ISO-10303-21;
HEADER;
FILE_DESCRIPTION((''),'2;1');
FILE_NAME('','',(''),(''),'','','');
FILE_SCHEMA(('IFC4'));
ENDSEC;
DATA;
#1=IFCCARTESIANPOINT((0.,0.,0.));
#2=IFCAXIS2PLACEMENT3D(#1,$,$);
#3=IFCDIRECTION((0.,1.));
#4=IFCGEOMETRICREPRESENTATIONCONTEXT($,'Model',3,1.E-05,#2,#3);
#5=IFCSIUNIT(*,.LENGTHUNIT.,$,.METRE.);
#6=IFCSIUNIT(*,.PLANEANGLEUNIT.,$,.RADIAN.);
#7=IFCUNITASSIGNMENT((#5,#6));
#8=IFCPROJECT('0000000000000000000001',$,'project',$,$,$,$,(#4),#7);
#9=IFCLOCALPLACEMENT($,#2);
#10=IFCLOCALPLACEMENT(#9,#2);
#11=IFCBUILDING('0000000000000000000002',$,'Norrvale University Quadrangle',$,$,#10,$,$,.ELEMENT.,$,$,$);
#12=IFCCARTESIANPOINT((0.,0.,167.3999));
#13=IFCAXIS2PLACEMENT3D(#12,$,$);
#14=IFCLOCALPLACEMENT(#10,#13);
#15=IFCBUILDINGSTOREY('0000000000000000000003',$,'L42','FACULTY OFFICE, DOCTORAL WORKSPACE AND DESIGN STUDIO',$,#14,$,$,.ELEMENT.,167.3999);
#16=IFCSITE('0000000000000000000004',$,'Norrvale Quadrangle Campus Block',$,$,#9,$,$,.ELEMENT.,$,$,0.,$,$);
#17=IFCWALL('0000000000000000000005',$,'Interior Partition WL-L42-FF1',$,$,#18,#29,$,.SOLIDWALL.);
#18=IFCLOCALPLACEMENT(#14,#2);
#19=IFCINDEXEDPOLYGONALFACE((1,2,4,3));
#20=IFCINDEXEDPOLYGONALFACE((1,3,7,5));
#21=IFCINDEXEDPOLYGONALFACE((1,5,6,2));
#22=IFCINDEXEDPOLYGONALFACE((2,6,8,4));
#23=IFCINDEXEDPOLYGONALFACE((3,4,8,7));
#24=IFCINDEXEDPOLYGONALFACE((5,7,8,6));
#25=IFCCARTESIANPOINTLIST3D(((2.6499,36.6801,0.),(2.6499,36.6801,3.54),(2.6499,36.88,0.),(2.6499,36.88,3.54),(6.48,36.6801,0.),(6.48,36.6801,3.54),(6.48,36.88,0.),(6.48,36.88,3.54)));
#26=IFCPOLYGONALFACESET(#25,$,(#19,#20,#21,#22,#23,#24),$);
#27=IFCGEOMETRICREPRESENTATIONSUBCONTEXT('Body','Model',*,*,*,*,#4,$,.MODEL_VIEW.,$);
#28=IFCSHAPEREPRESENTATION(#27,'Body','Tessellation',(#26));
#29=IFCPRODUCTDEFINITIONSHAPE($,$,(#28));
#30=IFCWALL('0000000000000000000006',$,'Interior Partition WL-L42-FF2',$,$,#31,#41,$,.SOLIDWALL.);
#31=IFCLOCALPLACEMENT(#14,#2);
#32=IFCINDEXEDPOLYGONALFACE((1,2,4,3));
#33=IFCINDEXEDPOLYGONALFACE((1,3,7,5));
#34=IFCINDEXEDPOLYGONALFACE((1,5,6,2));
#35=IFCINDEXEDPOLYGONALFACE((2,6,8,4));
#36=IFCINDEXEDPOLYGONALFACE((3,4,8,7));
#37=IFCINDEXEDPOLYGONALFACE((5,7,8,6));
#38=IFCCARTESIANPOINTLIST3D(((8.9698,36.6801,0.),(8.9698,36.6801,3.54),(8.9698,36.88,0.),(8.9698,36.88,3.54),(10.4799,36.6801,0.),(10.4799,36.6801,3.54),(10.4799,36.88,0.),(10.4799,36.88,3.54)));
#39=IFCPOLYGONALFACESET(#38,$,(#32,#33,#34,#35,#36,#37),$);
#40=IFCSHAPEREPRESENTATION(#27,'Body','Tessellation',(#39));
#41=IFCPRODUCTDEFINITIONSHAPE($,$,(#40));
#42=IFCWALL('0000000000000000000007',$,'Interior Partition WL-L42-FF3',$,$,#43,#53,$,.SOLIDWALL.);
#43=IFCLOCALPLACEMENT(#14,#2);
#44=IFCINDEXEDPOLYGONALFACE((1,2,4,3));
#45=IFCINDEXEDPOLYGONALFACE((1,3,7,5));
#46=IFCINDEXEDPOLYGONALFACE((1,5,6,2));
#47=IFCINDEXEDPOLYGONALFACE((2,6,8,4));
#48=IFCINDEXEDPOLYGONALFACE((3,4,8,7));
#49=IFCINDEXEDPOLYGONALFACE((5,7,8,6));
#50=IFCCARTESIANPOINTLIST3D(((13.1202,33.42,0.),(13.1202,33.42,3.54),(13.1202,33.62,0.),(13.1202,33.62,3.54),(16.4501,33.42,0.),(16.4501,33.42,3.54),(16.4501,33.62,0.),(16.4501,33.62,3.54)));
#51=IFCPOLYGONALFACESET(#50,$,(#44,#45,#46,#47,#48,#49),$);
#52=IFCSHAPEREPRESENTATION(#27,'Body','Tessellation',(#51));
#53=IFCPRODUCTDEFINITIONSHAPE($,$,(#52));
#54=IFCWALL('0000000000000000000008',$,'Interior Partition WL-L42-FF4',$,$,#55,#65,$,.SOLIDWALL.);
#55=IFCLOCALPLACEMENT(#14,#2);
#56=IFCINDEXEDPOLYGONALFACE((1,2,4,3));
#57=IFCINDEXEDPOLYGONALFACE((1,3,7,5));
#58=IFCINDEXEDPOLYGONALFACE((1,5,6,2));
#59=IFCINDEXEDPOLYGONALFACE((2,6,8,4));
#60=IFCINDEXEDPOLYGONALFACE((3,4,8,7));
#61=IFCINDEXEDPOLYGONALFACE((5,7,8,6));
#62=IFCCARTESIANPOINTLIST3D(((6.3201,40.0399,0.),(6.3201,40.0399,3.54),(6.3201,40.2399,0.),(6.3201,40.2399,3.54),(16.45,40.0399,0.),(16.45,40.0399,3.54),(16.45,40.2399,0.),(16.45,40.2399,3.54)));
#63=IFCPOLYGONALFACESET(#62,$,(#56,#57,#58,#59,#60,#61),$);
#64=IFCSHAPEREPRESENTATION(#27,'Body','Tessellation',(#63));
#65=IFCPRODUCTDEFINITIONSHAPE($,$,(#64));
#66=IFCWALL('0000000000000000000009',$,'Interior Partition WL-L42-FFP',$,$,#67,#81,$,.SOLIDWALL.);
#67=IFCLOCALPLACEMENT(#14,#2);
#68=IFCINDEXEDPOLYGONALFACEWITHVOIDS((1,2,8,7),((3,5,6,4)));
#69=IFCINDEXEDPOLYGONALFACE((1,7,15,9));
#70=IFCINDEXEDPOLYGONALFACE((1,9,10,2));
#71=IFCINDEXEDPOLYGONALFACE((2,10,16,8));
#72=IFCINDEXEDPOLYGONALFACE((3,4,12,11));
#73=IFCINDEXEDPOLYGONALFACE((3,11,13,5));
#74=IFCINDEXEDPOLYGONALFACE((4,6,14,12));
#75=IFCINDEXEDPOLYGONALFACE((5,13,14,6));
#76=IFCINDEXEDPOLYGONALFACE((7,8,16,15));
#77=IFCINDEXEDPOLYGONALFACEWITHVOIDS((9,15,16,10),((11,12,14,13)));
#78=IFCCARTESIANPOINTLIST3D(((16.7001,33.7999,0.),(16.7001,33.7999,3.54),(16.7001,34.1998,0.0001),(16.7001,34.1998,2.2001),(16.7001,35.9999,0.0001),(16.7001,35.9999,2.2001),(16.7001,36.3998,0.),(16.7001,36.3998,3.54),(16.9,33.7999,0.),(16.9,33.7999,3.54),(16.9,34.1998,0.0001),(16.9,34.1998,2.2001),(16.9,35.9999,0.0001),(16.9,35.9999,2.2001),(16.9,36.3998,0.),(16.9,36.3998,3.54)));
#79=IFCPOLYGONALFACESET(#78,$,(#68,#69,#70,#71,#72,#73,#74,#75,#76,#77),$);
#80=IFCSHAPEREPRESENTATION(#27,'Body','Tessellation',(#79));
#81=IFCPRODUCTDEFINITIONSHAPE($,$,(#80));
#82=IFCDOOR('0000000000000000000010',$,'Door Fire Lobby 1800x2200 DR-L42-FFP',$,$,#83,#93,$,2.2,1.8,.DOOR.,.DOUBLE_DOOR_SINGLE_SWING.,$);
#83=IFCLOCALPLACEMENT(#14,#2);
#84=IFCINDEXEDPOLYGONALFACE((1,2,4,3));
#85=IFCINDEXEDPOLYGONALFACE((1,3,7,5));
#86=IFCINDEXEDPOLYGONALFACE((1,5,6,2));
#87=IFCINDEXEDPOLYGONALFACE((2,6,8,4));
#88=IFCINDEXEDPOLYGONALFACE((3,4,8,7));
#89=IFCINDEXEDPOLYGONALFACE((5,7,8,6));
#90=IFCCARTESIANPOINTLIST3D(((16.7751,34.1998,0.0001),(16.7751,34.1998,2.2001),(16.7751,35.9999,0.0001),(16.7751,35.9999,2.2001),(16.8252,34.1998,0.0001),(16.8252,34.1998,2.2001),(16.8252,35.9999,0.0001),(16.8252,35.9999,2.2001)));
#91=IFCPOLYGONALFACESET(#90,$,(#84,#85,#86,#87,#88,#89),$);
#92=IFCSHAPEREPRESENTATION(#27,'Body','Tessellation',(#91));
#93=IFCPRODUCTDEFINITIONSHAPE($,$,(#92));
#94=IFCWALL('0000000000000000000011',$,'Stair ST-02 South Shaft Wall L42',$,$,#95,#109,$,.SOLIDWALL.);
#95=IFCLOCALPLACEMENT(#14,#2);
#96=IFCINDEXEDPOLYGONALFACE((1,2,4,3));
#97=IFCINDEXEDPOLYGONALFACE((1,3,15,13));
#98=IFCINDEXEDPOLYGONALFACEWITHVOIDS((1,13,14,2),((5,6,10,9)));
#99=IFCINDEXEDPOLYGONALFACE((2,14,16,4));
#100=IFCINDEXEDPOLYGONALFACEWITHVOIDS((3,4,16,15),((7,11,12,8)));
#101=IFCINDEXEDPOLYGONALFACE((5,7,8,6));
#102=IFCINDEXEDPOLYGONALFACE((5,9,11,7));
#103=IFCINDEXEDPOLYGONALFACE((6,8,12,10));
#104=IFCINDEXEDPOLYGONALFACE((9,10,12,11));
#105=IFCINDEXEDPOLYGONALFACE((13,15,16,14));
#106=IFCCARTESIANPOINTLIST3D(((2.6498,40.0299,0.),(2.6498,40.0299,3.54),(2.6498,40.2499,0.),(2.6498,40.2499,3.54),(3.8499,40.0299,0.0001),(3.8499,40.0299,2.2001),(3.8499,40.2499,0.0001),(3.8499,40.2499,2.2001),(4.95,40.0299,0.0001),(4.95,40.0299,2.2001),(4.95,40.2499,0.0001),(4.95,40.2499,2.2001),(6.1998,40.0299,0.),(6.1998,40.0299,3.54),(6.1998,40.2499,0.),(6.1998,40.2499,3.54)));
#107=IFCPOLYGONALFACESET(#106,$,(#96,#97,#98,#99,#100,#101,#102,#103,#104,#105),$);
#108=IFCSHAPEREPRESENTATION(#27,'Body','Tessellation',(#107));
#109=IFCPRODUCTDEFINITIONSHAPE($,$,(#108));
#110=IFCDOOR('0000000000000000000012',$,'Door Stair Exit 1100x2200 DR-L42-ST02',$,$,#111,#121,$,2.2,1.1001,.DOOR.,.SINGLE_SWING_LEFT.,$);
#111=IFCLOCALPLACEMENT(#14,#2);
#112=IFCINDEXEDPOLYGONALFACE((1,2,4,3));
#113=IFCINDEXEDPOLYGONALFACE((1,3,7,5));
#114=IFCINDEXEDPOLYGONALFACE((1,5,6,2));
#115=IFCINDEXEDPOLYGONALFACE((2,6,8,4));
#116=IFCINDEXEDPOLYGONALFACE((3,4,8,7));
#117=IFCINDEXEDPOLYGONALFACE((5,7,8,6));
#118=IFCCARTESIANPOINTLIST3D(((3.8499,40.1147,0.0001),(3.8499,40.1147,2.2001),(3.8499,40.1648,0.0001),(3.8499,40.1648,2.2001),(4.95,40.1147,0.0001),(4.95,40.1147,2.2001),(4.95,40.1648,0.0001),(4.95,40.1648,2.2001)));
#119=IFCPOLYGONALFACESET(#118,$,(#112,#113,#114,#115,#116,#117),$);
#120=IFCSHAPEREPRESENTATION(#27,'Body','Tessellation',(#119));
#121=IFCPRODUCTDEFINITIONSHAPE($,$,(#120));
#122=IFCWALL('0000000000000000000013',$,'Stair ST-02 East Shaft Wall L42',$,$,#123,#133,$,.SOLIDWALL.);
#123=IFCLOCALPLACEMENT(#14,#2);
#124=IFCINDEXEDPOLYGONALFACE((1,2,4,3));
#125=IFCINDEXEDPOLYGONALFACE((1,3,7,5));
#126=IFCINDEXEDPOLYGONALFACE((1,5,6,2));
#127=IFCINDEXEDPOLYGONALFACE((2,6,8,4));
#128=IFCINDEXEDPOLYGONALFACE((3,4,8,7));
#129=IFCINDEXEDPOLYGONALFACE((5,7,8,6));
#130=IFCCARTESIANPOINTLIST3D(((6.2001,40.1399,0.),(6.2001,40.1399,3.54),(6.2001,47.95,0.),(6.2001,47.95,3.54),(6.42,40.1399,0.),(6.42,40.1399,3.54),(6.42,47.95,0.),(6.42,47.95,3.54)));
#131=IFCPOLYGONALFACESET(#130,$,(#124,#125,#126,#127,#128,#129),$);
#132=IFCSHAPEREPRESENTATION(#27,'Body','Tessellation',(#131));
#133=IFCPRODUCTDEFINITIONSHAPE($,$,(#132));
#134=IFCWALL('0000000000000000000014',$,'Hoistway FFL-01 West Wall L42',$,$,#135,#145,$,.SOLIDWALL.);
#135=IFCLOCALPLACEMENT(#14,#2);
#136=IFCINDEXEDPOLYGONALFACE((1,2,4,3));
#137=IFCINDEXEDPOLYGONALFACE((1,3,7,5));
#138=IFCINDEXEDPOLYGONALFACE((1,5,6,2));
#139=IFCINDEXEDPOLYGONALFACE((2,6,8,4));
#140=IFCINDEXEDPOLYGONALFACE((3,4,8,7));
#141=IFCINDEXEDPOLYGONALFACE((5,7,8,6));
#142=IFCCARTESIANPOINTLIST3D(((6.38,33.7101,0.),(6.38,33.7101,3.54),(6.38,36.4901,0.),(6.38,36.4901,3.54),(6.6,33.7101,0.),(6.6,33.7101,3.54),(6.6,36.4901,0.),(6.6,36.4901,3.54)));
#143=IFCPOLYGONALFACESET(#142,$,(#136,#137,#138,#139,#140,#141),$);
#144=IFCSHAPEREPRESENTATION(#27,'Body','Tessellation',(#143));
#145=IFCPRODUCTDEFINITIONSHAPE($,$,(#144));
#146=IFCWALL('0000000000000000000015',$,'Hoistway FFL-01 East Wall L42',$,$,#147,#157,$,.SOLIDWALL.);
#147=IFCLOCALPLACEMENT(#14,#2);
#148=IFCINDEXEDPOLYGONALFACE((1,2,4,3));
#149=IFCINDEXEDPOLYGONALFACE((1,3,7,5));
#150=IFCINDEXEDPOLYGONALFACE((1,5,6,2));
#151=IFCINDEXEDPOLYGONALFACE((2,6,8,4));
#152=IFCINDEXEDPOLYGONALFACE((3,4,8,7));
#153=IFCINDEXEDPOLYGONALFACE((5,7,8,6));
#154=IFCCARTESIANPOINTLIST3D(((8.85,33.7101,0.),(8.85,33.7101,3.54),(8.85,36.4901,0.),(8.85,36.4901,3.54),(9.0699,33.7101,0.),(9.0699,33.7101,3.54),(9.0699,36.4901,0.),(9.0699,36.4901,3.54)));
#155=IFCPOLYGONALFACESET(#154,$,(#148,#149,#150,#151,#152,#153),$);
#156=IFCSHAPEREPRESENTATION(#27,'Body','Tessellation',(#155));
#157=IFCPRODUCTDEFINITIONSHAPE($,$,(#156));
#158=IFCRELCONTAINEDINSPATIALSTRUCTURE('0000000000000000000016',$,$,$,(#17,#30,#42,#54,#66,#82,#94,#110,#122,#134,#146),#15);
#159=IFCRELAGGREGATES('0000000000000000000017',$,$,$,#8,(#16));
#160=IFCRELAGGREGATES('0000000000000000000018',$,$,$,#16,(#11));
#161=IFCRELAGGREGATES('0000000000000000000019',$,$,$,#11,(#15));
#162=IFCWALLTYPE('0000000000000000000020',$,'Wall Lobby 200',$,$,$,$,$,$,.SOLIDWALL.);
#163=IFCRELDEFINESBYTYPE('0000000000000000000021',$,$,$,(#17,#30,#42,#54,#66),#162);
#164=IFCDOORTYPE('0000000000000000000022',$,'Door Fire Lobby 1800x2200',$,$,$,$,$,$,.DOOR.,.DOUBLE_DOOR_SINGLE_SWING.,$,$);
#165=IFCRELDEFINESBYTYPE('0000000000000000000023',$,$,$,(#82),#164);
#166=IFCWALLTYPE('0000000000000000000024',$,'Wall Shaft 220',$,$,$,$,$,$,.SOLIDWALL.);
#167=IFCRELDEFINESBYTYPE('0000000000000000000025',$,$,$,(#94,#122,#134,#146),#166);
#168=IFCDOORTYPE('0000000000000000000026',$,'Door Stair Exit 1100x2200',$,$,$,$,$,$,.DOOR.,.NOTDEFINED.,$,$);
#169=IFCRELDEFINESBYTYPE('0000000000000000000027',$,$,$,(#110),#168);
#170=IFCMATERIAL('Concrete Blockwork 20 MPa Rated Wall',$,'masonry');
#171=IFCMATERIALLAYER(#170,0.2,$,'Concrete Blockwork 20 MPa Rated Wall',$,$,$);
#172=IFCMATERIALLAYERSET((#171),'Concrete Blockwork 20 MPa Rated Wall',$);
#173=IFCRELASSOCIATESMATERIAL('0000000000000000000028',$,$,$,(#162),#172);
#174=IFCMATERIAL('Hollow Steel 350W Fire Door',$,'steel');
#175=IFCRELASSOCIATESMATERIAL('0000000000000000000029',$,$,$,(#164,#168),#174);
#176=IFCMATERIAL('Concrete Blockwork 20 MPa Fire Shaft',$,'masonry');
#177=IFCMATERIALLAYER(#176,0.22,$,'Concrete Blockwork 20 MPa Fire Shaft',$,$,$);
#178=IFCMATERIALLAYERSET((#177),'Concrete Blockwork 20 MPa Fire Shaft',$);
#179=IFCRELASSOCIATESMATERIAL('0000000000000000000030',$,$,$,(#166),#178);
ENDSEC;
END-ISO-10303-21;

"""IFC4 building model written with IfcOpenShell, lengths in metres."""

from ifc_helpers import new_model, si_unit, direction, frame, frame_2d, origin, place, context, subcontext, project, spatial, rectangle, extrude, material, layer, layer_set, type_object, element, fill, save


model = new_model("IFC4")

# Units and contexts
model_context = context("Model", 3, precision=1e-05, world=origin(), true_north=direction((0.0, 1.0)))
body_context = subcontext(model_context, "Body", "Model", "MODEL_VIEW")
ifc_project = project(units=[si_unit("LENGTHUNIT", "METRE"), si_unit("PLANEANGLEUNIT", "RADIAN")], contexts=[model_context])

# Site, building, storey
site_placement = place(None, origin())
site = spatial("IfcSite", under=ifc_project, at=site_placement, Name="Norrvale Quadrangle Campus Block", CompositionType="ELEMENT", RefElevation=0.0)
building_placement = place(site_placement, origin())
building = spatial("IfcBuilding", under=site, at=building_placement, Name="Norrvale University Quadrangle", CompositionType="ELEMENT")
storey_placement = place(building_placement, frame((0.0, 0.0, 167.3999)))
storey = spatial("IfcBuildingStorey", under=building, at=storey_placement, Name="L42", Description="FACULTY OFFICE, DOCTORAL WORKSPACE AND DESIGN STUDIO", CompositionType="ELEMENT", Elevation=167.3999)

# Walls
ifc_material_1 = material(Name="Concrete Blockwork 20 MPa Rated Wall", Category="masonry")
ifc_layer_1 = layer(ifc_material_1, 0.2, Name="Concrete Blockwork 20 MPa Rated Wall")
ifc_layer_set_1 = layer_set([ifc_layer_1], Name="Concrete Blockwork 20 MPa Rated Wall")
wall_type_1 = type_object("IfcWallType", Name="Wall Lobby 200", PredefinedType="SOLIDWALL", material=ifc_layer_set_1)
wall_1_placement = place(storey_placement, frame((2.6499, 36.78, 0.0), z_axis=(0.0, 0.0, 1.0), x_axis=(1.0, 0.0, 0.0)))
element("IfcWall", 1, at=wall_1_placement, inside=storey, type_object=wall_type_1, Name="Interior Partition WL-L42-FF1", PredefinedType="SOLIDWALL", context=body_context, shape_type="SweptSolid", body=[
    extrude(rectangle(XDim=3.8301, YDim=0.2, at=frame_2d((1.915, 0.0))), origin(), (0.0, 0.0, 1.0), 3.54),
])
wall_2_placement = place(storey_placement, frame((8.97, 36.78, 0.0), z_axis=(0.0, 0.0, 1.0), x_axis=(1.0, 0.0, 0.0)))
element("IfcWall", 2, at=wall_2_placement, inside=storey, type_object=wall_type_1, Name="Interior Partition WL-L42-FF2", PredefinedType="SOLIDWALL", context=body_context, shape_type="SweptSolid", body=[
    extrude(rectangle(XDim=1.51, YDim=0.2, at=frame_2d((0.7549, 0.0))), origin(), (0.0, 0.0, 1.0), 3.54),
])
wall_3_placement = place(storey_placement, frame((13.1201, 33.52, 0.0), z_axis=(0.0, 0.0, 1.0), x_axis=(1.0, 0.0, 0.0)))
element("IfcWall", 3, at=wall_3_placement, inside=storey, type_object=wall_type_1, Name="Interior Partition WL-L42-FF3", PredefinedType="SOLIDWALL", context=body_context, shape_type="SweptSolid", body=[
    extrude(rectangle(XDim=3.3298, YDim=0.2, at=frame_2d((1.665, 0.0))), origin(), (0.0, 0.0, 1.0), 3.54),
])
wall_4_placement = place(storey_placement, frame((6.3201, 40.1399, 0.0), z_axis=(0.0, 0.0, 1.0), x_axis=(1.0, 0.0, 0.0)))
element("IfcWall", 4, at=wall_4_placement, inside=storey, type_object=wall_type_1, Name="Interior Partition WL-L42-FF4", PredefinedType="SOLIDWALL", context=body_context, shape_type="SweptSolid", body=[
    extrude(rectangle(XDim=10.1299, YDim=0.2, at=frame_2d((5.0649, 0.0))), origin(), (0.0, 0.0, 1.0), 3.54),
])

# Walls, openings, doors
wall_5_placement = place(storey_placement, frame((16.8, 33.8, 0.0), z_axis=(0.0, 0.0, 1.0), x_axis=(0.0, 1.0, 0.0)))
wall_5 = element("IfcWall", 5, at=wall_5_placement, inside=storey, type_object=wall_type_1, Name="Interior Partition WL-L42-FFP", PredefinedType="SOLIDWALL", context=body_context, shape_type="SweptSolid", body=[
    extrude(rectangle(XDim=2.5999, YDim=0.2, at=frame_2d((1.2998, 0.0))), origin(), (0.0, 0.0, 1.0), 3.54),
])
opening_1_placement = place(wall_5_placement, frame((0.3999, 0.0, 0.0)))
opening_1 = element("IfcOpeningElement", 6, at=opening_1_placement, cuts=wall_5, PredefinedType="OPENING", context=body_context, shape_type="SweptSolid", body=[
    extrude(rectangle(XDim=1.8, YDim=2.2, at=frame_2d((0.8999, 1.1001))), frame((0.0, 0.1121, 0.0), z_axis=(0.0, -1.0, 0.0), x_axis=(1.0, 0.0, 0.0)), (0.0, 0.0, 1.0), 0.2239),
])
ifc_material_2 = material(Name="Hollow Steel 350W Fire Door", Category="steel")
door_type_1 = type_object("IfcDoorType", Name="Door Fire Lobby 1800x2200", OperationType="DOUBLE_DOOR_SINGLE_SWING", PredefinedType="DOOR", material=ifc_material_2)
door_1_placement = place(opening_1_placement, origin())
door_1 = element("IfcDoor", 7, at=door_1_placement, inside=storey, type_object=door_type_1, Name="Door Fire Lobby 1800x2200 DR-L42-FFP", OperationType="DOUBLE_DOOR_SINGLE_SWING", OverallHeight=2.2, OverallWidth=1.8, PredefinedType="DOOR", context=body_context, shape_type="SweptSolid", body=[
    extrude(rectangle(XDim=1.8, YDim=2.2, at=frame_2d((0.8999, 1.1001))), frame((0.0, 0.0249, 0.0), z_axis=(0.0, -1.0, 0.0), x_axis=(1.0, 0.0, 0.0)), (0.0, 0.0, 1.0), 0.05),
])
fill(opening_1, door_1)
ifc_material_3 = material(Name="Concrete Blockwork 20 MPa Fire Shaft", Category="masonry")
ifc_layer_2 = layer(ifc_material_3, 0.22, Name="Concrete Blockwork 20 MPa Fire Shaft")
ifc_layer_set_2 = layer_set([ifc_layer_2], Name="Concrete Blockwork 20 MPa Fire Shaft")
wall_type_2 = type_object("IfcWallType", Name="Wall Shaft 220", PredefinedType="SOLIDWALL", material=ifc_layer_set_2)
wall_6_placement = place(storey_placement, frame((2.6499, 40.1399, 0.0), z_axis=(0.0, 0.0, 1.0), x_axis=(1.0, 0.0, 0.0)))
wall_6 = element("IfcWall", 8, at=wall_6_placement, inside=storey, type_object=wall_type_2, Name="Stair ST-02 South Shaft Wall L42", PredefinedType="SOLIDWALL", context=body_context, shape_type="SweptSolid", body=[
    extrude(rectangle(XDim=3.55, YDim=0.22, at=frame_2d((1.7749, 0.0))), origin(), (0.0, 0.0, 1.0), 3.54),
])
opening_2_placement = place(wall_6_placement, frame((1.2, 0.0, 0.0)))
opening_2 = element("IfcOpeningElement", 9, at=opening_2_placement, cuts=wall_6, PredefinedType="OPENING", context=body_context, shape_type="SweptSolid", body=[
    extrude(rectangle(XDim=1.1001, YDim=2.2, at=frame_2d((0.55, 1.1001))), frame((0.0, 0.1221, 0.0), z_axis=(0.0, -1.0, 0.0), x_axis=(1.0, 0.0, 0.0)), (0.0, 0.0, 1.0), 0.2439),
])
door_type_2 = type_object("IfcDoorType", Name="Door Stair Exit 1100x2200", OperationType="NOTDEFINED", PredefinedType="DOOR", material=ifc_material_2)
door_2_placement = place(opening_2_placement, origin())
door_2 = element("IfcDoor", 10, at=door_2_placement, inside=storey, type_object=door_type_2, Name="Door Stair Exit 1100x2200 DR-L42-ST02", OperationType="SINGLE_SWING_LEFT", OverallHeight=2.2, OverallWidth=1.1001, PredefinedType="DOOR", context=body_context, shape_type="SweptSolid", body=[
    extrude(rectangle(XDim=1.1001, YDim=2.2, at=frame_2d((0.55, 1.1001))), frame((0.0, 0.0249, 0.0), z_axis=(0.0, -1.0, 0.0), x_axis=(1.0, 0.0, 0.0)), (0.0, 0.0, 1.0), 0.05),
])
fill(opening_2, door_2)

# Walls
wall_7_placement = place(storey_placement, frame((6.3101, 40.1399, 0.0), z_axis=(0.0, 0.0, 1.0), x_axis=(0.0, 1.0, 0.0)))
element("IfcWall", 11, at=wall_7_placement, inside=storey, type_object=wall_type_2, Name="Stair ST-02 East Shaft Wall L42", PredefinedType="SOLIDWALL", context=body_context, shape_type="SweptSolid", body=[
    extrude(rectangle(XDim=7.8101, YDim=0.22, at=frame_2d((3.905, 0.0))), origin(), (0.0, 0.0, 1.0), 3.54),
])
for number, where, z_axis, x_axis, name in (
    (12, (6.49, 33.71, 0.0), (0.0, 0.0, 1.0), (0.0, 1.0, 0.0), "Hoistway FFL-01 West Wall L42"),
    (13, (8.96, 33.71, 0.0), (0.0, 0.0, 1.0), (0.0, 1.0, 0.0), "Hoistway FFL-01 East Wall L42"),
):
    element("IfcWall", number, at=place(storey_placement, frame(where, z_axis=z_axis, x_axis=x_axis)), inside=storey, type_object=wall_type_2, Name=name, PredefinedType="SOLIDWALL", context=body_context, shape_type="SweptSolid", body=[
        extrude(rectangle(XDim=2.78, YDim=0.22, at=frame_2d((1.3901, 0.0))), origin(), (0.0, 0.0, 1.0), 3.54),
    ])

save(model, "model.ifc")
